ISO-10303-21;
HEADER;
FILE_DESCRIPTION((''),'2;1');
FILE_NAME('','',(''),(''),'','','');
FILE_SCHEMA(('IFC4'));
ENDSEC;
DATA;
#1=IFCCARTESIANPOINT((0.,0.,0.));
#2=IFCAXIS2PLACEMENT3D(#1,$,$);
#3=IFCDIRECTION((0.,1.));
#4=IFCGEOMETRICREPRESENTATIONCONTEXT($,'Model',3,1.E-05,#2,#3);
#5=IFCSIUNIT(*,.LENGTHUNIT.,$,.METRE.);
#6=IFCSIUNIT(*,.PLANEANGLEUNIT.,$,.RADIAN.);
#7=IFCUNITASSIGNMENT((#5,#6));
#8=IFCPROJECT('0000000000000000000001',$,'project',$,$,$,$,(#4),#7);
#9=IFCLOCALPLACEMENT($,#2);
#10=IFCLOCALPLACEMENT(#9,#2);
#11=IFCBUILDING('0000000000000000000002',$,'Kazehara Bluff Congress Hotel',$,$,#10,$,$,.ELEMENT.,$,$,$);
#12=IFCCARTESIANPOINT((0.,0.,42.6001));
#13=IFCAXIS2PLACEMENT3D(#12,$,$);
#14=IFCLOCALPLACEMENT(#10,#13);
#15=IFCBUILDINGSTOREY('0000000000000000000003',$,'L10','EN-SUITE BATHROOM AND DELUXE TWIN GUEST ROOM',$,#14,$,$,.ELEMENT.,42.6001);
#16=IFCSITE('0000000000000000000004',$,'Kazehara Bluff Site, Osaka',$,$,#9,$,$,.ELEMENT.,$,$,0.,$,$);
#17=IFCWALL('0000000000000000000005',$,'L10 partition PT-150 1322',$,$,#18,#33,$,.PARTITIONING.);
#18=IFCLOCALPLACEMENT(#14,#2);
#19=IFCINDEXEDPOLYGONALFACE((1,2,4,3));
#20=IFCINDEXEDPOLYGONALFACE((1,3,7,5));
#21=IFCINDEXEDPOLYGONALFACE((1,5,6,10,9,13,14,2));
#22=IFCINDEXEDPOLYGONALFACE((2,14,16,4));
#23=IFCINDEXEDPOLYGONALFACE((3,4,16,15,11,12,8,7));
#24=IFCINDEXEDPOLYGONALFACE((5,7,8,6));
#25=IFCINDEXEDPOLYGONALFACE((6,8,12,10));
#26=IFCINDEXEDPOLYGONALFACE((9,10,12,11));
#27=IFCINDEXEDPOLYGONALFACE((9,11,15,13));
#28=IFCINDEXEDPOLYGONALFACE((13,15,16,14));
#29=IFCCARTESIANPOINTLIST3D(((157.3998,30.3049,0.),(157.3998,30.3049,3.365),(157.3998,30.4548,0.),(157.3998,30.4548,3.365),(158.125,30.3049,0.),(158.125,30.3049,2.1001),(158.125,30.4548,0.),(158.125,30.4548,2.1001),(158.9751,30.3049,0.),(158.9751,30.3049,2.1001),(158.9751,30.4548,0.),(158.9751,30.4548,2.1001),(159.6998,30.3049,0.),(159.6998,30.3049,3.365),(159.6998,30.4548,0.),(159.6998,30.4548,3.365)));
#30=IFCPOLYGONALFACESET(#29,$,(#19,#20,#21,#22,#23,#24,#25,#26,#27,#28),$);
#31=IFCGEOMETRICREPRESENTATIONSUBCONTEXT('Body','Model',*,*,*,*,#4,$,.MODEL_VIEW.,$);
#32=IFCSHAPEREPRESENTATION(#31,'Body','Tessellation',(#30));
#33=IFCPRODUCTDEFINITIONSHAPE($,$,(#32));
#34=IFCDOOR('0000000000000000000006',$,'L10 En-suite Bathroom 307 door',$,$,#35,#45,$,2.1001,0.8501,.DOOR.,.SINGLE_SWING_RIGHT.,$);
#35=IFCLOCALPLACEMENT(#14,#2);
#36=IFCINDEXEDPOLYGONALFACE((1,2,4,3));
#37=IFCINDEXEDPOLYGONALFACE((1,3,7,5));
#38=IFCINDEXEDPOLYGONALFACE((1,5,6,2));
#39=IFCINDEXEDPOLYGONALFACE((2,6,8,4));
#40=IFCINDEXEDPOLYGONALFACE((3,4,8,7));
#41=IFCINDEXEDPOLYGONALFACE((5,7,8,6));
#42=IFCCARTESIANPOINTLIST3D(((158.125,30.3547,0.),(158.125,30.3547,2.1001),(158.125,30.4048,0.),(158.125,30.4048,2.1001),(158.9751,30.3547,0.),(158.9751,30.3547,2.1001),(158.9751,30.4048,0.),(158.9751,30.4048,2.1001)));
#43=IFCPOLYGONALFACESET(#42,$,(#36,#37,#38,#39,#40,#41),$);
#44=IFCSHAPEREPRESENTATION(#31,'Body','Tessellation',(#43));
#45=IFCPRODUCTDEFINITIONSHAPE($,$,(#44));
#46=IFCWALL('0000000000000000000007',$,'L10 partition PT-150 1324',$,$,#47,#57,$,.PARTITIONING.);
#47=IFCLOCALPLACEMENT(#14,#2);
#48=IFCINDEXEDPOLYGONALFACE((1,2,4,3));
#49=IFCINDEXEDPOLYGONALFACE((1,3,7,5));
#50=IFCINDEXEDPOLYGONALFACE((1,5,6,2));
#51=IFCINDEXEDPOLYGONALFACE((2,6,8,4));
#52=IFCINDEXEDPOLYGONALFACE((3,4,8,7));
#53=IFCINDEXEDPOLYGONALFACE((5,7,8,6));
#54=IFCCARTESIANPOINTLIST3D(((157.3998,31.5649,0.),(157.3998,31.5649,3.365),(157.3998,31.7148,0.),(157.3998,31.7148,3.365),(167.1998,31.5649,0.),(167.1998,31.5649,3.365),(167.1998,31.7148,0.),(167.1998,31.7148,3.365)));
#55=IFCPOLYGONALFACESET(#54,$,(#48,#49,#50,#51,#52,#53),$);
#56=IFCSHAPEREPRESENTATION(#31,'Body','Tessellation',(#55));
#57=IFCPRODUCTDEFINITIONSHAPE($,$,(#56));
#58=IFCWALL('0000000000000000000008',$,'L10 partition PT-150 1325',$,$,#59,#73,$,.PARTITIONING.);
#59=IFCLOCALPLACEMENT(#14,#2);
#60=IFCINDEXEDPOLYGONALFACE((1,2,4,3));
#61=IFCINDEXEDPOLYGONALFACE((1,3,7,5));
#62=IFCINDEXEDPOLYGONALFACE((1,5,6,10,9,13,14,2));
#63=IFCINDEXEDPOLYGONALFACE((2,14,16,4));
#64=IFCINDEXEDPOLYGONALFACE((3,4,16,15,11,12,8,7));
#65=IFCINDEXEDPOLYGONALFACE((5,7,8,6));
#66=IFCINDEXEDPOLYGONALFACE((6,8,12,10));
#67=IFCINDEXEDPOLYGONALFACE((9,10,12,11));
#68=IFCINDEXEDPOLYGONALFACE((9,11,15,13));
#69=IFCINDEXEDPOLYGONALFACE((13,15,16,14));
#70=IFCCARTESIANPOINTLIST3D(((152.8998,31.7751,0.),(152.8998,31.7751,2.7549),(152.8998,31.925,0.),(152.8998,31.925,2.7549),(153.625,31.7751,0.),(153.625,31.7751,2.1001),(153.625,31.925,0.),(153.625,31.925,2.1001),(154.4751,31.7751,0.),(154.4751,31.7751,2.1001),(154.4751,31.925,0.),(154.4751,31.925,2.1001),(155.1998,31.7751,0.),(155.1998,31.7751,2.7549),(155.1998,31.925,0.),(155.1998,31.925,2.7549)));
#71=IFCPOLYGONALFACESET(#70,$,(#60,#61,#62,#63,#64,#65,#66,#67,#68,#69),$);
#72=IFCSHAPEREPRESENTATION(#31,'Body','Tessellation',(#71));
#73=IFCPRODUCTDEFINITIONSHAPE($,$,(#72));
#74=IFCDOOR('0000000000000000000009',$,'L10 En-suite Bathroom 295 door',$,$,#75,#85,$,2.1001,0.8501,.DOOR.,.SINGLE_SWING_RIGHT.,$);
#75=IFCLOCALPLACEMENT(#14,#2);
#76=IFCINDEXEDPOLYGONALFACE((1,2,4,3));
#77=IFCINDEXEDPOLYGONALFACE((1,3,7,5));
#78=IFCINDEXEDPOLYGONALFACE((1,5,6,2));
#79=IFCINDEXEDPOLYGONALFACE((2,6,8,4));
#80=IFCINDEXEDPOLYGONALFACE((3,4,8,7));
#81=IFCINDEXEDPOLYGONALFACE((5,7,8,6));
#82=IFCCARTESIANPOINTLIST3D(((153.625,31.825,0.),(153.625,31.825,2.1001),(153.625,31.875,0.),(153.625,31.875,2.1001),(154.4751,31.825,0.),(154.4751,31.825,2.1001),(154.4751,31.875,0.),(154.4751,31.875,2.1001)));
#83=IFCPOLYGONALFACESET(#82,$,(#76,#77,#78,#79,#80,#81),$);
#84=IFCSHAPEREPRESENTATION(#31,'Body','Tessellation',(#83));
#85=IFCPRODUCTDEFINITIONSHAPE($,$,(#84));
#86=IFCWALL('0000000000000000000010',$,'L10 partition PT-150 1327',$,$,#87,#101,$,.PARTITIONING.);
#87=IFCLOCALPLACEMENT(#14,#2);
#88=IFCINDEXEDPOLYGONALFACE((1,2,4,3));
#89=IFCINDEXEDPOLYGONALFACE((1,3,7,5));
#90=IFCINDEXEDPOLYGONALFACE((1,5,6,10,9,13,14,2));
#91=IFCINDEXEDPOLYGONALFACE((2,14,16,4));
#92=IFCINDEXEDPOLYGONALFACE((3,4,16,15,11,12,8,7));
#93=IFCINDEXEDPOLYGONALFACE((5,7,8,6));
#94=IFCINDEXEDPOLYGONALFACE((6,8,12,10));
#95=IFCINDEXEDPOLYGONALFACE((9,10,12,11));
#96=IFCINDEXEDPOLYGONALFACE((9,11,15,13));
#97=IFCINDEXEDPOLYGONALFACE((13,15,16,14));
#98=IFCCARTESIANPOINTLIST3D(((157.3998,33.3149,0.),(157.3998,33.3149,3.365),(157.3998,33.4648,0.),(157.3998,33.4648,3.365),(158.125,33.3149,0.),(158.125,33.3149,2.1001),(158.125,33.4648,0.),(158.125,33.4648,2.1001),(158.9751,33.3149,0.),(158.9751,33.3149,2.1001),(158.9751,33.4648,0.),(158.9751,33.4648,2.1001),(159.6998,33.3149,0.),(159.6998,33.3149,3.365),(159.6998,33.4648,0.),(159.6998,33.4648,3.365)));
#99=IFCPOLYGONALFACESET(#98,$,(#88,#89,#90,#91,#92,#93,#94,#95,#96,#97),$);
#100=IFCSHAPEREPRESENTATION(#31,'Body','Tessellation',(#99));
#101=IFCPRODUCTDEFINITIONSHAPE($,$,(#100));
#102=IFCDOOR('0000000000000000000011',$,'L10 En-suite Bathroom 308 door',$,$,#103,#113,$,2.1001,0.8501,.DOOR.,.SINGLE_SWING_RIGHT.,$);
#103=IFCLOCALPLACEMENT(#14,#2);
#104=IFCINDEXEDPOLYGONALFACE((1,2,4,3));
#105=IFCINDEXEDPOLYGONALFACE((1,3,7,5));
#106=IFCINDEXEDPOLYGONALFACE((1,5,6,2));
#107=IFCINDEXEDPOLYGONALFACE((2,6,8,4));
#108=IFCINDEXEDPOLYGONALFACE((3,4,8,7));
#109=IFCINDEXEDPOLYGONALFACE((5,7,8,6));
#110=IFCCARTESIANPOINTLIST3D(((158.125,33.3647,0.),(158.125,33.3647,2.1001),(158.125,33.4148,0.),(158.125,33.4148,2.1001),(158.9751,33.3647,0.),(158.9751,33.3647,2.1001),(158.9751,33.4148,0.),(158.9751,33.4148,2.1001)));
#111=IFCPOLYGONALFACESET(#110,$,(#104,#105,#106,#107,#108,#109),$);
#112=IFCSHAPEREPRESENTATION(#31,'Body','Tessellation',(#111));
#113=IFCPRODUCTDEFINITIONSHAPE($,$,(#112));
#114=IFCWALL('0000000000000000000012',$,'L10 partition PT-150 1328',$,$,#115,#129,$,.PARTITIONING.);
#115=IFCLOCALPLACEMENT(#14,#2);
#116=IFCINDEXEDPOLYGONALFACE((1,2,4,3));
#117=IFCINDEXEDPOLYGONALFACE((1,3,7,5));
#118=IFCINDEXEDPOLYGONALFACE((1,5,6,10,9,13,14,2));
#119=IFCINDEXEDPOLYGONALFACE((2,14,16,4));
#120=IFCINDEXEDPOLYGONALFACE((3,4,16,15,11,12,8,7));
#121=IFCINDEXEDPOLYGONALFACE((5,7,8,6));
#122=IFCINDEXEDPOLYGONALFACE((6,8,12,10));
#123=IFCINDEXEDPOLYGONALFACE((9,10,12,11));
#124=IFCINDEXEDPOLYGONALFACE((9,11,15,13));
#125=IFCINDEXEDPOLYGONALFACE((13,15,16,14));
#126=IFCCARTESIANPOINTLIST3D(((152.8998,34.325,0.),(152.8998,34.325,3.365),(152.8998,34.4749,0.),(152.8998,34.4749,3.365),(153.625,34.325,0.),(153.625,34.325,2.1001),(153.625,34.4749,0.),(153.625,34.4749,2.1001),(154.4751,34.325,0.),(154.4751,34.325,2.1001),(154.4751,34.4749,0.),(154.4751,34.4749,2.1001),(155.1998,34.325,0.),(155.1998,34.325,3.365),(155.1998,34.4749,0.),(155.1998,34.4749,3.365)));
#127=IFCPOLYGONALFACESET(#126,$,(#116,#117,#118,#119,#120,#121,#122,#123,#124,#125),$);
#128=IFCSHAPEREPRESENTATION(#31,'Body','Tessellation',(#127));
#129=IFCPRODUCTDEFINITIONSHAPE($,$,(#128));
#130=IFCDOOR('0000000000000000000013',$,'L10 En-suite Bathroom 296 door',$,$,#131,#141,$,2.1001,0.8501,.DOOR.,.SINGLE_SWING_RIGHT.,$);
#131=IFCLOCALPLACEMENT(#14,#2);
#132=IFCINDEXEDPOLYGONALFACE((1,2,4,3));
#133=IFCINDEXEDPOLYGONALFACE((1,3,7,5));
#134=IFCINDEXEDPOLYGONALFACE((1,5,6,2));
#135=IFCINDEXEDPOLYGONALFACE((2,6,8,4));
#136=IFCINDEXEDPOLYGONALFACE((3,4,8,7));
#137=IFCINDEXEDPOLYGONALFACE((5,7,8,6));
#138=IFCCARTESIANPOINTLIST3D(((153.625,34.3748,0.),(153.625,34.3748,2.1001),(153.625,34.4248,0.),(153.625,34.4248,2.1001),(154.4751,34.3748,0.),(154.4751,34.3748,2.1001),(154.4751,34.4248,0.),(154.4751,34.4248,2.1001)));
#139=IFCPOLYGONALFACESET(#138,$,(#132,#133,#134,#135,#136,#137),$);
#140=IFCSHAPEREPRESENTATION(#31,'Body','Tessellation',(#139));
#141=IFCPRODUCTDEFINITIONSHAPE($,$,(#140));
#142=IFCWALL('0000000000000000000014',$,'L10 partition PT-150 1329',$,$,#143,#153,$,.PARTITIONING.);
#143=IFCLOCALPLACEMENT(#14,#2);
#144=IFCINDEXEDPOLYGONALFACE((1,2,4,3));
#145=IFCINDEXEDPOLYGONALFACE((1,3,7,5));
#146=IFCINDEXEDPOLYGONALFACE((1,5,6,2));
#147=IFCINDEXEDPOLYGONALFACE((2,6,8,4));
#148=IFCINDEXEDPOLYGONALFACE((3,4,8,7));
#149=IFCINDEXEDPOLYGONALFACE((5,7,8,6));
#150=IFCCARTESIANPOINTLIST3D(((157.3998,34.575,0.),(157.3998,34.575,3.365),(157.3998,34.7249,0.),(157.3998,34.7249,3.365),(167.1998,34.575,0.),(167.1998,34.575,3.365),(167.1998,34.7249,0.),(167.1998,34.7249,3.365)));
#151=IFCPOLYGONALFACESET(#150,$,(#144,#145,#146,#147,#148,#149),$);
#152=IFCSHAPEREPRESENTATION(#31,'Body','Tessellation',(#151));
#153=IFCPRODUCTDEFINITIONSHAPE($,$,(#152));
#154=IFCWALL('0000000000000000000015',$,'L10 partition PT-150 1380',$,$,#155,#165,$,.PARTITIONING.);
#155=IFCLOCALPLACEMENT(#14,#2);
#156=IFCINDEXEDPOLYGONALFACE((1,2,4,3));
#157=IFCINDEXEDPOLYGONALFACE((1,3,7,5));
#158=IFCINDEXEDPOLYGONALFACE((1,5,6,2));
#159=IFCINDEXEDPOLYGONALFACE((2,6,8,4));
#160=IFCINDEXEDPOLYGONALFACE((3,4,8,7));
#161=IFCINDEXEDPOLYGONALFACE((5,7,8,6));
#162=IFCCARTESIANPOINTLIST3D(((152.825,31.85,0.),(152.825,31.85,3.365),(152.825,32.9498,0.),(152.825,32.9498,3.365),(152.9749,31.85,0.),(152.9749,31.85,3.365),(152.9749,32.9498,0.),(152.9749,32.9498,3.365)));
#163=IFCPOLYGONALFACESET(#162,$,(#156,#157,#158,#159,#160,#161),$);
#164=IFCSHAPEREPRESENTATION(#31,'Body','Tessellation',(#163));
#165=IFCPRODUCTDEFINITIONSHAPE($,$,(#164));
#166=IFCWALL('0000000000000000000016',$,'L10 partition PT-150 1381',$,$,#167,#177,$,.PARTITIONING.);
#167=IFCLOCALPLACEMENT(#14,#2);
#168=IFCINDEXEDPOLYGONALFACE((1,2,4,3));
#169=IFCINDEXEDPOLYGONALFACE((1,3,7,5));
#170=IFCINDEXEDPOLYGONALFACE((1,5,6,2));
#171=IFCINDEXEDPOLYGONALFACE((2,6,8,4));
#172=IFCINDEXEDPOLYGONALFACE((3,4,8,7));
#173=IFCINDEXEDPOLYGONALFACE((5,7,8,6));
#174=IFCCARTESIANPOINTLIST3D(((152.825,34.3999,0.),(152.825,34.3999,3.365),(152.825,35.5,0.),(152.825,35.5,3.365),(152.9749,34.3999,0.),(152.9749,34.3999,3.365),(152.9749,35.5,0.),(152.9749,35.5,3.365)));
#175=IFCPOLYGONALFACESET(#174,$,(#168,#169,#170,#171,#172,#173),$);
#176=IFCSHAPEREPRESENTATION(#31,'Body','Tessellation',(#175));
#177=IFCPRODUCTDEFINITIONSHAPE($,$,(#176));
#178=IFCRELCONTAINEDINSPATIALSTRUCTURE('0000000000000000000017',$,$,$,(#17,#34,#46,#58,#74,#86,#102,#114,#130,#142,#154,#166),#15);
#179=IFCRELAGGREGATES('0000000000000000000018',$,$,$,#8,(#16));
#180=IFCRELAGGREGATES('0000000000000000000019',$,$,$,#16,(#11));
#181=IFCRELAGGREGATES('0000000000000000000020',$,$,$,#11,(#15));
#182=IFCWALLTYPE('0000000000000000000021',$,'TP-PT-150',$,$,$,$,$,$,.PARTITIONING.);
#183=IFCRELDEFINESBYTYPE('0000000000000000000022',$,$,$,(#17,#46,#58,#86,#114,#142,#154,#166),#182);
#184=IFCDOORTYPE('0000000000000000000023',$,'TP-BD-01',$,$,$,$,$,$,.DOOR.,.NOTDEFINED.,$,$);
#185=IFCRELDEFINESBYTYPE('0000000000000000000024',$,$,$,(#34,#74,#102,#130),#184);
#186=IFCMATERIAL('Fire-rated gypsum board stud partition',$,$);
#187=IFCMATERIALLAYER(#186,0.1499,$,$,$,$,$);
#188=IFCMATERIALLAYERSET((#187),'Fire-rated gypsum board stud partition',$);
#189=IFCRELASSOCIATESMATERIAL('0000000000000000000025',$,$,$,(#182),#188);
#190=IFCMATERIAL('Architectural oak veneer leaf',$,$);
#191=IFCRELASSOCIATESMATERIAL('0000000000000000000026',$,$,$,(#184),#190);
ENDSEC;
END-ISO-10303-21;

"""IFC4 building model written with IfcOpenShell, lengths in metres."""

from ifc_helpers import new_model, si_unit, direction, frame, frame_2d, origin, place, context, subcontext, project, spatial, rectangle, extrude, material, layer, layer_set, type_object, element, fill, save


model = new_model("IFC4")

# Units and contexts
model_context = context("Model", 3, precision=1e-05, world=origin(), true_north=direction((0.0, 1.0)))
body_context = subcontext(model_context, "Body", "Model", "MODEL_VIEW")
ifc_project = project(units=[si_unit("LENGTHUNIT", "METRE"), si_unit("PLANEANGLEUNIT", "RADIAN")], contexts=[model_context])

# Site, building, storey
site_placement = place(None, origin())
site = spatial("IfcSite", under=ifc_project, at=site_placement, Name="Kazehara Bluff Site, Osaka", CompositionType="ELEMENT", RefElevation=0.0)
building_placement = place(site_placement, origin())
building = spatial("IfcBuilding", under=site, at=building_placement, Name="Kazehara Bluff Congress Hotel", CompositionType="ELEMENT")
storey_placement = place(building_placement, frame((0.0, 0.0, 42.6001)))
storey = spatial("IfcBuildingStorey", under=building, at=storey_placement, Name="L10", Description="EN-SUITE BATHROOM AND DELUXE TWIN GUEST ROOM", CompositionType="ELEMENT", Elevation=42.6001)

# Shared definitions
ifc_material_1 = material(Name="Fire-rated gypsum board stud partition")
ifc_layer_1 = layer(ifc_material_1, 0.1499)
ifc_layer_set_1 = layer_set([ifc_layer_1], Name="Fire-rated gypsum board stud partition")
wall_type_1 = type_object("IfcWallType", Name="TP-PT-150", PredefinedType="PARTITIONING", material=ifc_layer_set_1)
ifc_material_2 = material(Name="Architectural oak veneer leaf")
door_type_1 = type_object("IfcDoorType", Name="TP-BD-01", OperationType="NOTDEFINED", PredefinedType="DOOR", material=ifc_material_2)

# Wall, opening, door
wall_1_placement = place(storey_placement, frame((157.3999, 30.3799, 0.0), z_axis=(0.0, 0.0, 1.0), x_axis=(1.0, 0.0, 0.0)))
wall_1 = element("IfcWall", 1, at=wall_1_placement, inside=storey, type_object=wall_type_1, Name="L10 partition PT-150 1322", PredefinedType="PARTITIONING", context=body_context, shape_type="SweptSolid", body=[
    extrude(rectangle(XDim=2.3, YDim=0.1499, at=frame_2d((1.1499, 0.0))), origin(), (0.0, 0.0, 1.0), 3.365),
])
opening_1_placement = place(wall_1_placement, frame((0.7251, 0.0, 0.0)))
opening_1 = element("IfcOpeningElement", 2, at=opening_1_placement, cuts=wall_1, PredefinedType="OPENING", context=body_context, shape_type="SweptSolid", body=[
    extrude(rectangle(XDim=0.8501, YDim=2.1001, at=frame_2d((0.425, 1.05))), frame((0.0, 0.085, 0.0), z_axis=(0.0, -1.0, 0.0), x_axis=(1.0, 0.0, 0.0)), (0.0, 0.0, 1.0), 0.1699),
])
door_1_placement = place(opening_1_placement, origin())
door_1 = element("IfcDoor", 3, at=door_1_placement, inside=storey, type_object=door_type_1, Name="L10 En-suite Bathroom 307 door", OperationType="SINGLE_SWING_RIGHT", OverallHeight=2.1001, OverallWidth=0.8501, PredefinedType="DOOR", context=body_context, shape_type="SweptSolid", body=[
    extrude(rectangle(XDim=0.8501, YDim=2.1001, at=frame_2d((0.425, 1.05))), frame((0.0, 0.0249, 0.0), z_axis=(0.0, -1.0, 0.0), x_axis=(1.0, 0.0, 0.0)), (0.0, 0.0, 1.0), 0.05),
])
fill(opening_1, door_1)

# Wall
wall_2_placement = place(storey_placement, frame((157.3999, 31.6399, 0.0), z_axis=(0.0, 0.0, 1.0), x_axis=(1.0, 0.0, 0.0)))
element("IfcWall", 4, at=wall_2_placement, inside=storey, type_object=wall_type_1, Name="L10 partition PT-150 1324", PredefinedType="PARTITIONING", context=body_context, shape_type="SweptSolid", body=[
    extrude(rectangle(XDim=9.8, YDim=0.1499, at=frame_2d((4.8999, 0.0))), origin(), (0.0, 0.0, 1.0), 3.365),
])

# Walls, openings, doors
wall_3_placement = place(storey_placement, frame((152.8999, 31.8501, 0.0), z_axis=(0.0, 0.0, 1.0), x_axis=(1.0, 0.0, 0.0)))
wall_3 = element("IfcWall", 5, at=wall_3_placement, inside=storey, type_object=wall_type_1, Name="L10 partition PT-150 1325", PredefinedType="PARTITIONING", context=body_context, shape_type="SweptSolid", body=[
    extrude(rectangle(XDim=2.3, YDim=0.1499, at=frame_2d((1.1499, 0.0))), origin(), (0.0, 0.0, 1.0), 2.7549),
])
opening_2_placement = place(wall_3_placement, frame((0.7251, 0.0, 0.0)))
opening_2 = element("IfcOpeningElement", 6, at=opening_2_placement, cuts=wall_3, PredefinedType="OPENING", context=body_context, shape_type="SweptSolid", body=[
    extrude(rectangle(XDim=0.8501, YDim=2.1001, at=frame_2d((0.425, 1.05))), frame((0.0, 0.085, 0.0), z_axis=(0.0, -1.0, 0.0), x_axis=(1.0, 0.0, 0.0)), (0.0, 0.0, 1.0), 0.1699),
])
door_2_placement = place(opening_2_placement, origin())
door_2 = element("IfcDoor", 7, at=door_2_placement, inside=storey, type_object=door_type_1, Name="L10 En-suite Bathroom 295 door", OperationType="SINGLE_SWING_RIGHT", OverallHeight=2.1001, OverallWidth=0.8501, PredefinedType="DOOR", context=body_context, shape_type="SweptSolid", body=[
    extrude(rectangle(XDim=0.8501, YDim=2.1001, at=frame_2d((0.425, 1.05))), frame((0.0, 0.0249, 0.0), z_axis=(0.0, -1.0, 0.0), x_axis=(1.0, 0.0, 0.0)), (0.0, 0.0, 1.0), 0.05),
])
fill(opening_2, door_2)
wall_4_placement = place(storey_placement, frame((157.3999, 33.3899, 0.0), z_axis=(0.0, 0.0, 1.0), x_axis=(1.0, 0.0, 0.0)))
wall_4 = element("IfcWall", 8, at=wall_4_placement, inside=storey, type_object=wall_type_1, Name="L10 partition PT-150 1327", PredefinedType="PARTITIONING", context=body_context, shape_type="SweptSolid", body=[
    extrude(rectangle(XDim=2.3, YDim=0.1499, at=frame_2d((1.1499, 0.0))), origin(), (0.0, 0.0, 1.0), 3.365),
])
opening_3_placement = place(wall_4_placement, frame((0.7251, 0.0, 0.0)))
opening_3 = element("IfcOpeningElement", 9, at=opening_3_placement, cuts=wall_4, PredefinedType="OPENING", context=body_context, shape_type="SweptSolid", body=[
    extrude(rectangle(XDim=0.8501, YDim=2.1001, at=frame_2d((0.425, 1.05))), frame((0.0, 0.085, 0.0), z_axis=(0.0, -1.0, 0.0), x_axis=(1.0, 0.0, 0.0)), (0.0, 0.0, 1.0), 0.1699),
])
door_3_placement = place(opening_3_placement, origin())
door_3 = element("IfcDoor", 10, at=door_3_placement, inside=storey, type_object=door_type_1, Name="L10 En-suite Bathroom 308 door", OperationType="SINGLE_SWING_RIGHT", OverallHeight=2.1001, OverallWidth=0.8501, PredefinedType="DOOR", context=body_context, shape_type="SweptSolid", body=[
    extrude(rectangle(XDim=0.8501, YDim=2.1001, at=frame_2d((0.425, 1.05))), frame((0.0, 0.0249, 0.0), z_axis=(0.0, -1.0, 0.0), x_axis=(1.0, 0.0, 0.0)), (0.0, 0.0, 1.0), 0.05),
])
fill(opening_3, door_3)
wall_5_placement = place(storey_placement, frame((152.8999, 34.3999, 0.0), z_axis=(0.0, 0.0, 1.0), x_axis=(1.0, 0.0, 0.0)))
wall_5 = element("IfcWall", 11, at=wall_5_placement, inside=storey, type_object=wall_type_1, Name="L10 partition PT-150 1328", PredefinedType="PARTITIONING", context=body_context, shape_type="SweptSolid", body=[
    extrude(rectangle(XDim=2.3, YDim=0.1499, at=frame_2d((1.1499, 0.0))), origin(), (0.0, 0.0, 1.0), 3.365),
])
opening_4_placement = place(wall_5_placement, frame((0.7251, 0.0, 0.0)))
opening_4 = element("IfcOpeningElement", 12, at=opening_4_placement, cuts=wall_5, PredefinedType="OPENING", context=body_context, shape_type="SweptSolid", body=[
    extrude(rectangle(XDim=0.8501, YDim=2.1001, at=frame_2d((0.425, 1.05))), frame((0.0, 0.085, 0.0), z_axis=(0.0, -1.0, 0.0), x_axis=(1.0, 0.0, 0.0)), (0.0, 0.0, 1.0), 0.1699),
])
door_4_placement = place(opening_4_placement, origin())
door_4 = element("IfcDoor", 13, at=door_4_placement, inside=storey, type_object=door_type_1, Name="L10 En-suite Bathroom 296 door", OperationType="SINGLE_SWING_RIGHT", OverallHeight=2.1001, OverallWidth=0.8501, PredefinedType="DOOR", context=body_context, shape_type="SweptSolid", body=[
    extrude(rectangle(XDim=0.8501, YDim=2.1001, at=frame_2d((0.425, 1.05))), frame((0.0, 0.0249, 0.0), z_axis=(0.0, -1.0, 0.0), x_axis=(1.0, 0.0, 0.0)), (0.0, 0.0, 1.0), 0.05),
])
fill(opening_4, door_4)

# Walls
wall_6_placement = place(storey_placement, frame((157.3999, 34.6499, 0.0), z_axis=(0.0, 0.0, 1.0), x_axis=(1.0, 0.0, 0.0)))
element("IfcWall", 14, at=wall_6_placement, inside=storey, type_object=wall_type_1, Name="L10 partition PT-150 1329", PredefinedType="PARTITIONING", context=body_context, shape_type="SweptSolid", body=[
    extrude(rectangle(XDim=9.8, YDim=0.1499, at=frame_2d((4.8999, 0.0))), origin(), (0.0, 0.0, 1.0), 3.365),
])
wall_7_placement = place(storey_placement, frame((152.8999, 31.8501, 0.0), z_axis=(0.0, 0.0, 1.0), x_axis=(0.0, 1.0, 0.0)))
element("IfcWall", 15, at=wall_7_placement, inside=storey, type_object=wall_type_1, Name="L10 partition PT-150 1380", PredefinedType="PARTITIONING", context=body_context, shape_type="SweptSolid", body=[
    extrude(rectangle(XDim=1.0999, YDim=0.1499, at=frame_2d((0.5498, 0.0))), origin(), (0.0, 0.0, 1.0), 3.365),
])
wall_8_placement = place(storey_placement, frame((152.8999, 34.3999, 0.0), z_axis=(0.0, 0.0, 1.0), x_axis=(0.0, 1.0, 0.0)))
element("IfcWall", 16, at=wall_8_placement, inside=storey, type_object=wall_type_1, Name="L10 partition PT-150 1381", PredefinedType="PARTITIONING", context=body_context, shape_type="SweptSolid", body=[
    extrude(rectangle(XDim=1.1001, YDim=0.1499, at=frame_2d((0.55, 0.0))), origin(), (0.0, 0.0, 1.0), 3.365),
])

save(model, "model.ifc")
